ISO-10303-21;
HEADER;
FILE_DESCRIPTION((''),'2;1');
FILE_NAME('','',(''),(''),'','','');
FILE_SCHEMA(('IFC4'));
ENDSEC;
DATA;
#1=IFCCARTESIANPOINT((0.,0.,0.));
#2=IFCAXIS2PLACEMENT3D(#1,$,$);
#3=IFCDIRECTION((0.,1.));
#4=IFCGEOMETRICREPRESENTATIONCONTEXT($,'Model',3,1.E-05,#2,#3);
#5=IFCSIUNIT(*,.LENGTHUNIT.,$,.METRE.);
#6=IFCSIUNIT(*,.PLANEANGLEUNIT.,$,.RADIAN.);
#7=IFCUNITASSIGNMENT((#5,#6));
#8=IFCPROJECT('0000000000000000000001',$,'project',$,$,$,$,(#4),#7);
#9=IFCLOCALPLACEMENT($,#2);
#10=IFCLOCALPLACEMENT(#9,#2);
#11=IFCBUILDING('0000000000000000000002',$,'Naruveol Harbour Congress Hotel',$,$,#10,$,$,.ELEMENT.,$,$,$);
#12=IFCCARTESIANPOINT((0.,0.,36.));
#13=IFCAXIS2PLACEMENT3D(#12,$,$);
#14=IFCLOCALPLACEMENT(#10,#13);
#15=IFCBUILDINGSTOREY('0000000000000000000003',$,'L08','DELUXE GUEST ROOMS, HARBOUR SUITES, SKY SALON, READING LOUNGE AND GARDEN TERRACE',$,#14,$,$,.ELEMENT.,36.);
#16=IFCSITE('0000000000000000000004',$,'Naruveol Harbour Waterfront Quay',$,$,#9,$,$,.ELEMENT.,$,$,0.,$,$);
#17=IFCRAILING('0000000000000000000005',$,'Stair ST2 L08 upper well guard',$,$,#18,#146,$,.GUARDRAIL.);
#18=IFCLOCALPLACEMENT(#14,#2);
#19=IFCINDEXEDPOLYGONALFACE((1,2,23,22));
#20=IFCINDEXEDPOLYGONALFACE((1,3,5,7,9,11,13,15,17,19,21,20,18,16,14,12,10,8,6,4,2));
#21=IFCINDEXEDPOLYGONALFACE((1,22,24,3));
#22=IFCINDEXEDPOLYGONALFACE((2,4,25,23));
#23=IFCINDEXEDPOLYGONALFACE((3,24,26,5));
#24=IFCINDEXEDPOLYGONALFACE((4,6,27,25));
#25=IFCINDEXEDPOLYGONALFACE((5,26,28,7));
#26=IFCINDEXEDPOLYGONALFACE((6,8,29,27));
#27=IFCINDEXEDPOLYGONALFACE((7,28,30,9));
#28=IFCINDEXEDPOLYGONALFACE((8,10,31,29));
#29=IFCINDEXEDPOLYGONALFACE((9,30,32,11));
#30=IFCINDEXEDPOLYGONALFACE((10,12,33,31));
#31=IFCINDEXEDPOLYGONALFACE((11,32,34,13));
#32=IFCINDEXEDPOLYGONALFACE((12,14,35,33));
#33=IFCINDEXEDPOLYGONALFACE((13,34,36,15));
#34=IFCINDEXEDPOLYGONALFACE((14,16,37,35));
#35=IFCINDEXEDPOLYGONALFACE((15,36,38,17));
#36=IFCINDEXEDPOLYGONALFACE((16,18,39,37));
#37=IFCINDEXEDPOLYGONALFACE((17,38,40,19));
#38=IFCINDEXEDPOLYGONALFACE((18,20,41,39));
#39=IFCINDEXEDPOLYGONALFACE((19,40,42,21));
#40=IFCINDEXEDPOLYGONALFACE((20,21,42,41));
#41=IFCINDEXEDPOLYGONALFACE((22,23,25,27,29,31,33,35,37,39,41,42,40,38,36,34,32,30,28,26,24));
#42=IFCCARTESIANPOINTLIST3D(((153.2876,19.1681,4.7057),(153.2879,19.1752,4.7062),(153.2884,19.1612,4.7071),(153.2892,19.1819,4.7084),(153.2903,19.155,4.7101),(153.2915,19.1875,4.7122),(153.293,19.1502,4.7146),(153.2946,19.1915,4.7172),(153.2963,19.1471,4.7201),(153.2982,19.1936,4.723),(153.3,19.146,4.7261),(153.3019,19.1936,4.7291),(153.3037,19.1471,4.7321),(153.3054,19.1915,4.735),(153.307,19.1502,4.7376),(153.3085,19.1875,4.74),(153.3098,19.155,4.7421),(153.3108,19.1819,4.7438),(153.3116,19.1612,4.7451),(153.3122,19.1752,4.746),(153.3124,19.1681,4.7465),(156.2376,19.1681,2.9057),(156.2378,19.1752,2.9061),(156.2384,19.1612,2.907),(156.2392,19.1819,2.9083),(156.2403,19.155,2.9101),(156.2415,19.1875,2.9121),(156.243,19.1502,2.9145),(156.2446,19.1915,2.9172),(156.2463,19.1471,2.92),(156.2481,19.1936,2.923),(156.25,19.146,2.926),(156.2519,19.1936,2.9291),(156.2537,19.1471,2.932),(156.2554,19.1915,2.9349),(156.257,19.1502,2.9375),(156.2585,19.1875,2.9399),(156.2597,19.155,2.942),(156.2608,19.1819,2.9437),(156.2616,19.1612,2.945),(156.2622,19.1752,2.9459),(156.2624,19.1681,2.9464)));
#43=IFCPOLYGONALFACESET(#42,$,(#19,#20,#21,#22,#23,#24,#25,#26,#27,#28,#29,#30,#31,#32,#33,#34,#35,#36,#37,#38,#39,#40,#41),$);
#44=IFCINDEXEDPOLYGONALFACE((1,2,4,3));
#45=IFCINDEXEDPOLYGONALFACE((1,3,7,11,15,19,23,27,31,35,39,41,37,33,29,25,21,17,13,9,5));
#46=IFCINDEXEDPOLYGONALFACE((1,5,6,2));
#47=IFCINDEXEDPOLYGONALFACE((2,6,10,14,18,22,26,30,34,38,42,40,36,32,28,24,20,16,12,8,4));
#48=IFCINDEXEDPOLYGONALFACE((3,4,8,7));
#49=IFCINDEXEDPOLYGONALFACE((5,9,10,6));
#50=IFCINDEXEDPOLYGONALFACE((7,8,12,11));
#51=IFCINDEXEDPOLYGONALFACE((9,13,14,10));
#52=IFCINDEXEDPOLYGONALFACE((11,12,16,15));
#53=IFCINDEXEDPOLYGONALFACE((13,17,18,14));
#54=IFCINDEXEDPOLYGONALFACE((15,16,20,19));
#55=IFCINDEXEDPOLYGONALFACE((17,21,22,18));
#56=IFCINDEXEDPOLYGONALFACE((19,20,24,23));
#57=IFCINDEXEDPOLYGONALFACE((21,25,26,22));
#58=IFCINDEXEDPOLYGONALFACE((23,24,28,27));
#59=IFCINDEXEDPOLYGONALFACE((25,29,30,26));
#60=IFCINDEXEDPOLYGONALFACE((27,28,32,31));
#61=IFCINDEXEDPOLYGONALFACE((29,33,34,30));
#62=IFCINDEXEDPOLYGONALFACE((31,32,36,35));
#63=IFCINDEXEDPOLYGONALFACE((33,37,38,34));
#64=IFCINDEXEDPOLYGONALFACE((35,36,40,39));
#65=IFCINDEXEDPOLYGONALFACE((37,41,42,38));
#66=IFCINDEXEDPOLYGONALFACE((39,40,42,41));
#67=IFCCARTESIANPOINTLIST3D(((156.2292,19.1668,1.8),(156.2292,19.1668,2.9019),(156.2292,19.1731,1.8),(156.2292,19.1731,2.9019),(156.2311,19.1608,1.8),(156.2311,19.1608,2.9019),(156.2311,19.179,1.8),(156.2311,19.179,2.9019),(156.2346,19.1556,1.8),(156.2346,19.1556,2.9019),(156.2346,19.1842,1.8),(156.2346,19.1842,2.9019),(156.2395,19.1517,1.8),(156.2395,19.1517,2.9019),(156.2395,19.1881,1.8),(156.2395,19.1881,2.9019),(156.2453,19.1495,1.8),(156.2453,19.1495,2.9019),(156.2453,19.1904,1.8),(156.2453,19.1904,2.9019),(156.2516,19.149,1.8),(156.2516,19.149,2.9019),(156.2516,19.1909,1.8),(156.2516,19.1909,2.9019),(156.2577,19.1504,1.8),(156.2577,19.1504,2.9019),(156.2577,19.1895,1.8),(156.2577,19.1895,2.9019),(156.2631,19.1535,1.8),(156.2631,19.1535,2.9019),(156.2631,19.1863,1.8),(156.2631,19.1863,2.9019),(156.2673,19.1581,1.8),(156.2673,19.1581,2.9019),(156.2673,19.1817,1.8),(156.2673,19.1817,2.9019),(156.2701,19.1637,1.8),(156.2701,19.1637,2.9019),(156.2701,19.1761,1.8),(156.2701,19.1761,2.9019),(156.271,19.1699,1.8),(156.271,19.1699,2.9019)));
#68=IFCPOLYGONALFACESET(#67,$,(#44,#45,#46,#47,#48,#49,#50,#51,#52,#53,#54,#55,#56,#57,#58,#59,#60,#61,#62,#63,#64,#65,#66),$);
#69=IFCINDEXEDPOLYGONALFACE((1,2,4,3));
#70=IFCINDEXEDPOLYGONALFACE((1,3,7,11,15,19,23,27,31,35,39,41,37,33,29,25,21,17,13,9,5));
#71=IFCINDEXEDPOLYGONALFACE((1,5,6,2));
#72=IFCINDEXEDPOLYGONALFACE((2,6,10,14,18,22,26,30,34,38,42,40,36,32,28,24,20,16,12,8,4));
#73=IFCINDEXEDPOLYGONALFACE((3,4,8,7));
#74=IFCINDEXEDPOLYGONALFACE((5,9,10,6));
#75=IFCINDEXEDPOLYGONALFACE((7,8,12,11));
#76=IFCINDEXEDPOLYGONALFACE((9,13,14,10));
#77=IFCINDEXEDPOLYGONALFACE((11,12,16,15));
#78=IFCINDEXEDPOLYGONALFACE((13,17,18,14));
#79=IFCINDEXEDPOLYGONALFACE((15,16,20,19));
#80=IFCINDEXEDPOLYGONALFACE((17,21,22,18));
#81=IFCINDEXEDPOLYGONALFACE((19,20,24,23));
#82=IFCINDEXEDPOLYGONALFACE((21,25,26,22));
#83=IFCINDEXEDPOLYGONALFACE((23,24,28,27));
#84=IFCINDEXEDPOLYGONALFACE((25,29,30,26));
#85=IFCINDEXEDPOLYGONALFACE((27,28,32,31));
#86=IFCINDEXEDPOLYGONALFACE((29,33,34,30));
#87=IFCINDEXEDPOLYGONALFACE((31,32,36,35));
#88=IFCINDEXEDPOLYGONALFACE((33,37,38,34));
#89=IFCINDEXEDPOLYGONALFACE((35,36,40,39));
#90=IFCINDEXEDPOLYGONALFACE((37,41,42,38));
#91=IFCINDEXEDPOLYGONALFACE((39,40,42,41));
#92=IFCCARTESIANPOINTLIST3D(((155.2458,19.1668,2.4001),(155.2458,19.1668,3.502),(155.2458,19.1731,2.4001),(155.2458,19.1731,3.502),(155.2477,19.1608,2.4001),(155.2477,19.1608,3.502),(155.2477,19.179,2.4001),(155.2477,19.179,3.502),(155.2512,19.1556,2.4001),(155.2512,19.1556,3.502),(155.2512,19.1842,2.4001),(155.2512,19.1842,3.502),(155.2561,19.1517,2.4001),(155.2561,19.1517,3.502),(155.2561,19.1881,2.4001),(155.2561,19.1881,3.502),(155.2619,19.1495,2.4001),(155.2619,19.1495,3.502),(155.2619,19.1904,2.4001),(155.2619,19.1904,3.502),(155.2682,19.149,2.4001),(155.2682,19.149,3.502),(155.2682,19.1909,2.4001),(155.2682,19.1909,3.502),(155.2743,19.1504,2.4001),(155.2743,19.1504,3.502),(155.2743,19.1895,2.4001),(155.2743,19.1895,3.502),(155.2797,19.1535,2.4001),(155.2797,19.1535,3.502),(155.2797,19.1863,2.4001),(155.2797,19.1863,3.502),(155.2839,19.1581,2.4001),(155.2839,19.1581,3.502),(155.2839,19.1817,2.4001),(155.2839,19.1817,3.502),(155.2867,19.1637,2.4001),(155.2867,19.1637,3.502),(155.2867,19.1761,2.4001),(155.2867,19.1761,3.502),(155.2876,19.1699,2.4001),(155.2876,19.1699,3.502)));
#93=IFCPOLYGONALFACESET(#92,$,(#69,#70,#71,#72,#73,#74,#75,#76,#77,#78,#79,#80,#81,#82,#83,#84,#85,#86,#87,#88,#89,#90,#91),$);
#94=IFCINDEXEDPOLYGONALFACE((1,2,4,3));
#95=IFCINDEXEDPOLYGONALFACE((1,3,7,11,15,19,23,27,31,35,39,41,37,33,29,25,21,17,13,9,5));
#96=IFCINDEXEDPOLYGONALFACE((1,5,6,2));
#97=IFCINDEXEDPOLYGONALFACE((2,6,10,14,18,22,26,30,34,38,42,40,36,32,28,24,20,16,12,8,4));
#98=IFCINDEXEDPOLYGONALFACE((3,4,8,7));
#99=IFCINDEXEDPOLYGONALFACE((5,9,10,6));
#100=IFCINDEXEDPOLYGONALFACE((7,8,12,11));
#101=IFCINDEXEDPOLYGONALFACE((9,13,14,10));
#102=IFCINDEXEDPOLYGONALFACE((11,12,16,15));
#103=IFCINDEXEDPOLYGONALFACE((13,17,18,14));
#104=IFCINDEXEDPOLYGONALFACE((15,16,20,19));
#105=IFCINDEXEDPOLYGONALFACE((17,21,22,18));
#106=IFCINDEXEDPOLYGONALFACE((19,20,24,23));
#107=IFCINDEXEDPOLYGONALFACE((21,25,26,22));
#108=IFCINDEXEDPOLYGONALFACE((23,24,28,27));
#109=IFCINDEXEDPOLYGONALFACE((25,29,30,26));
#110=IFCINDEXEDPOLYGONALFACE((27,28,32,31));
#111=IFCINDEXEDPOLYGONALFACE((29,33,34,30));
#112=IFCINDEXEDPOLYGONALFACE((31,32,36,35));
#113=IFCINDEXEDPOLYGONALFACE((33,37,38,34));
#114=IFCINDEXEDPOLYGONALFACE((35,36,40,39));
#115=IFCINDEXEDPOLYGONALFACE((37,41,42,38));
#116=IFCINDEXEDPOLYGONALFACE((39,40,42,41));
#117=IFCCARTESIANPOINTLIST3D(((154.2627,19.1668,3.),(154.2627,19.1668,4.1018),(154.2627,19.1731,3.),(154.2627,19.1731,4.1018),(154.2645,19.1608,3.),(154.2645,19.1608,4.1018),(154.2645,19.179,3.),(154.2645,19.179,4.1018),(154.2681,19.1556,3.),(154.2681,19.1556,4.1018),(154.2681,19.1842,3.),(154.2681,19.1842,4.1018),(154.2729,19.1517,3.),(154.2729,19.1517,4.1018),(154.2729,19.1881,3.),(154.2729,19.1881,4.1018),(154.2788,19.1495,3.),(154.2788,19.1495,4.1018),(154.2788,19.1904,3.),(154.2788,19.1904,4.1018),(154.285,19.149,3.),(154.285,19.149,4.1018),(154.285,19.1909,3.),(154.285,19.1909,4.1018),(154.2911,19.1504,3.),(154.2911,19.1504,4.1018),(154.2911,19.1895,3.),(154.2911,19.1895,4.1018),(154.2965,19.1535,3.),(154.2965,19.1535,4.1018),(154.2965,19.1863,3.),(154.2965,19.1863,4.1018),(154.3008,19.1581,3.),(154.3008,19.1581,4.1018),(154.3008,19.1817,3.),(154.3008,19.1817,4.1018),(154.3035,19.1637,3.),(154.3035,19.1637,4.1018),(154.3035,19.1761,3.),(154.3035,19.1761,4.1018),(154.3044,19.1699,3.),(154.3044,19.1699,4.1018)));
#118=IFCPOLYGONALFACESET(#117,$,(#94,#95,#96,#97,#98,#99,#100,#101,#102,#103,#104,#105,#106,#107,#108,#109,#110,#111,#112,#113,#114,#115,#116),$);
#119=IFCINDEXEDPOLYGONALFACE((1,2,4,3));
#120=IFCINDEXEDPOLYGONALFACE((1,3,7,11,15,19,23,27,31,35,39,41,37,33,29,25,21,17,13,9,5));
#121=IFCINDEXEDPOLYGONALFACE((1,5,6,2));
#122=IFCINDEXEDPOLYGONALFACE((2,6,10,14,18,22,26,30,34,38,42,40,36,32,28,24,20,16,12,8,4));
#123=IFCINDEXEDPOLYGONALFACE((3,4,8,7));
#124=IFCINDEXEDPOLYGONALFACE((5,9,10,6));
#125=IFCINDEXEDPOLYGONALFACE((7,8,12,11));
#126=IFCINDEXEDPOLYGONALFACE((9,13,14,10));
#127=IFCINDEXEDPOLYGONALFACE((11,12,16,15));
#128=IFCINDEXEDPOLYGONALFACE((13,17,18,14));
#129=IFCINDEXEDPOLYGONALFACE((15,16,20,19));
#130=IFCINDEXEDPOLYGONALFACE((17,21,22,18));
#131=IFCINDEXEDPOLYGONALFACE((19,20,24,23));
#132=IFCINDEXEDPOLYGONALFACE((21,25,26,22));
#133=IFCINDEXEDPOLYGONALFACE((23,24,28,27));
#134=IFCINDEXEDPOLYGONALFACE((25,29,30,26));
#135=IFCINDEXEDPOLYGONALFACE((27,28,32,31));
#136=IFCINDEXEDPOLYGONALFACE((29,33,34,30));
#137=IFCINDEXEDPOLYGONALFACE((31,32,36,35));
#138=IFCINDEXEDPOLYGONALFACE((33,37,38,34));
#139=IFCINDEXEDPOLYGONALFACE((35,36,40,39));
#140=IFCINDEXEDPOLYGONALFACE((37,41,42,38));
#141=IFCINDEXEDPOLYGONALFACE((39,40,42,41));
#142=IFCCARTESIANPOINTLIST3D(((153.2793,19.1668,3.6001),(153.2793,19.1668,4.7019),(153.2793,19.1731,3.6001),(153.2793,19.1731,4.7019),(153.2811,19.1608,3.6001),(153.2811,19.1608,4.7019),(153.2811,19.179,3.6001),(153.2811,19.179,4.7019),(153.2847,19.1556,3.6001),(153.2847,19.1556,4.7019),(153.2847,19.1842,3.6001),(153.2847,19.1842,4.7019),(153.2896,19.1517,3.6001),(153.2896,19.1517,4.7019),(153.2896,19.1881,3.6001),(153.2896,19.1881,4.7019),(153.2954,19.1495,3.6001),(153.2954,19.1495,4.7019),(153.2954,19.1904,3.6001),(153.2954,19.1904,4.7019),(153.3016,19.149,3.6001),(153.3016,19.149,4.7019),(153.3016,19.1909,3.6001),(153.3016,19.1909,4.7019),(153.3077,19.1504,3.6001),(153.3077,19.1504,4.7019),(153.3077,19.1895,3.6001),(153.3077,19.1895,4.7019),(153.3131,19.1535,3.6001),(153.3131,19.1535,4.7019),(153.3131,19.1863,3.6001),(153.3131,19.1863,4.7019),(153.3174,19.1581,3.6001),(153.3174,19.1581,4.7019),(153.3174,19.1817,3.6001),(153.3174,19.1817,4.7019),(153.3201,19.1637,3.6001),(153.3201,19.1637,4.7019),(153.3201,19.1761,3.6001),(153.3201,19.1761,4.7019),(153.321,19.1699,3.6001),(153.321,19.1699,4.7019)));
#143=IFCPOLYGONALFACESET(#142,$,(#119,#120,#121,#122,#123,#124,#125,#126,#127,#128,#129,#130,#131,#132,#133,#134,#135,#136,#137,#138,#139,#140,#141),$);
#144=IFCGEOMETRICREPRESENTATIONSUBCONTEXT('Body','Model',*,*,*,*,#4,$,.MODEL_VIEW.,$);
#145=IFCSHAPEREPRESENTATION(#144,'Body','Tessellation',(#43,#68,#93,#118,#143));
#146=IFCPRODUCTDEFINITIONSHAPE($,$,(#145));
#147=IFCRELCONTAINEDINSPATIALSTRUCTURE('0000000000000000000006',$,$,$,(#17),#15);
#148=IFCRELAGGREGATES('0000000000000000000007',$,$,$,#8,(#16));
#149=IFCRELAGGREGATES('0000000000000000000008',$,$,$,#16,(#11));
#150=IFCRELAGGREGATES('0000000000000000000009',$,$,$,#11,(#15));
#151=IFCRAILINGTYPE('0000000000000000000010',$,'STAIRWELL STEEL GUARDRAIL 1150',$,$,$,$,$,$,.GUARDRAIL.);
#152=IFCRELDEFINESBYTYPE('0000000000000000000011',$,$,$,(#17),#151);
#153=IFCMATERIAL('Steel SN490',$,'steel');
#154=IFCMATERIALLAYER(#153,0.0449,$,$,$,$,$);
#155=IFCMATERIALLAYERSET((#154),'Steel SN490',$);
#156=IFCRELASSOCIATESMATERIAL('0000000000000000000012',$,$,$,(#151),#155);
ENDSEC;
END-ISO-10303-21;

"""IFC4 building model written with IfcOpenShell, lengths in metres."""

from ifc_helpers import new_model, si_unit, direction, frame, origin, origin_2d, place, context, subcontext, project, spatial, circle, extrude, material, layer, layer_set, type_object, element, save


model = new_model("IFC4")

# Units and contexts
model_context = context("Model", 3, precision=1e-05, world=origin(), true_north=direction((0.0, 1.0)))
body_context = subcontext(model_context, "Body", "Model", "MODEL_VIEW")
ifc_project = project(units=[si_unit("LENGTHUNIT", "METRE"), si_unit("PLANEANGLEUNIT", "RADIAN")], contexts=[model_context])

# Site, building, storey
site_placement = place(None, origin())
site = spatial("IfcSite", under=ifc_project, at=site_placement, Name="Naruveol Harbour Waterfront Quay", CompositionType="ELEMENT", RefElevation=0.0)
building_placement = place(site_placement, origin())
building = spatial("IfcBuilding", under=site, at=building_placement, Name="Naruveol Harbour Congress Hotel", CompositionType="ELEMENT")
storey_placement = place(building_placement, frame((0.0, 0.0, 36.0)))
storey = spatial("IfcBuildingStorey", under=building, at=storey_placement, Name="L08", Description="DELUXE GUEST ROOMS, HARBOUR SUITES, SKY SALON, READING LOUNGE AND GARDEN TERRACE", CompositionType="ELEMENT", Elevation=36.0)

# Railing
ifc_material_1 = material(Name="Steel SN490", Category="steel")
ifc_layer_1 = layer(ifc_material_1, 0.0449)
ifc_layer_set_1 = layer_set([ifc_layer_1], Name="Steel SN490")
railing_type_1 = type_object("IfcRailingType", Name="STAIRWELL STEEL GUARDRAIL 1150", PredefinedType="GUARDRAIL", material=ifc_layer_set_1)
railing_1_placement = place(storey_placement, frame((156.25, 19.1699, 1.8)))
element("IfcRailing", 1, at=railing_1_placement, inside=storey, type_object=railing_type_1, Name="Stair ST2 L08 upper well guard", PredefinedType="GUARDRAIL", context=body_context, shape_type="SweptSolid", body=[
    extrude(circle(Radius=0.0239, at=origin_2d()), frame((0.0, 0.0, 1.126), z_axis=(-0.853629, 0.0, 0.520881), x_axis=(0.0, -1.0, 0.0)), (0.0, 0.0, 1.0), 3.4558),
    extrude(circle(Radius=0.021, at=origin_2d()), origin(), (0.0, 0.0, 1.0), 1.1018),
    extrude(circle(Radius=0.021, at=origin_2d()), frame((-0.9834, 0.0, 0.6001)), (0.0, 0.0, 1.0), 1.1018),
    extrude(circle(Radius=0.021, at=origin_2d()), frame((-1.9666, 0.0, 1.2)), (0.0, 0.0, 1.0), 1.1018),
    extrude(circle(Radius=0.021, at=origin_2d()), frame((-2.95, 0.0, 1.8)), (0.0, 0.0, 1.0), 1.1018),
])

save(model, "model.ifc")
